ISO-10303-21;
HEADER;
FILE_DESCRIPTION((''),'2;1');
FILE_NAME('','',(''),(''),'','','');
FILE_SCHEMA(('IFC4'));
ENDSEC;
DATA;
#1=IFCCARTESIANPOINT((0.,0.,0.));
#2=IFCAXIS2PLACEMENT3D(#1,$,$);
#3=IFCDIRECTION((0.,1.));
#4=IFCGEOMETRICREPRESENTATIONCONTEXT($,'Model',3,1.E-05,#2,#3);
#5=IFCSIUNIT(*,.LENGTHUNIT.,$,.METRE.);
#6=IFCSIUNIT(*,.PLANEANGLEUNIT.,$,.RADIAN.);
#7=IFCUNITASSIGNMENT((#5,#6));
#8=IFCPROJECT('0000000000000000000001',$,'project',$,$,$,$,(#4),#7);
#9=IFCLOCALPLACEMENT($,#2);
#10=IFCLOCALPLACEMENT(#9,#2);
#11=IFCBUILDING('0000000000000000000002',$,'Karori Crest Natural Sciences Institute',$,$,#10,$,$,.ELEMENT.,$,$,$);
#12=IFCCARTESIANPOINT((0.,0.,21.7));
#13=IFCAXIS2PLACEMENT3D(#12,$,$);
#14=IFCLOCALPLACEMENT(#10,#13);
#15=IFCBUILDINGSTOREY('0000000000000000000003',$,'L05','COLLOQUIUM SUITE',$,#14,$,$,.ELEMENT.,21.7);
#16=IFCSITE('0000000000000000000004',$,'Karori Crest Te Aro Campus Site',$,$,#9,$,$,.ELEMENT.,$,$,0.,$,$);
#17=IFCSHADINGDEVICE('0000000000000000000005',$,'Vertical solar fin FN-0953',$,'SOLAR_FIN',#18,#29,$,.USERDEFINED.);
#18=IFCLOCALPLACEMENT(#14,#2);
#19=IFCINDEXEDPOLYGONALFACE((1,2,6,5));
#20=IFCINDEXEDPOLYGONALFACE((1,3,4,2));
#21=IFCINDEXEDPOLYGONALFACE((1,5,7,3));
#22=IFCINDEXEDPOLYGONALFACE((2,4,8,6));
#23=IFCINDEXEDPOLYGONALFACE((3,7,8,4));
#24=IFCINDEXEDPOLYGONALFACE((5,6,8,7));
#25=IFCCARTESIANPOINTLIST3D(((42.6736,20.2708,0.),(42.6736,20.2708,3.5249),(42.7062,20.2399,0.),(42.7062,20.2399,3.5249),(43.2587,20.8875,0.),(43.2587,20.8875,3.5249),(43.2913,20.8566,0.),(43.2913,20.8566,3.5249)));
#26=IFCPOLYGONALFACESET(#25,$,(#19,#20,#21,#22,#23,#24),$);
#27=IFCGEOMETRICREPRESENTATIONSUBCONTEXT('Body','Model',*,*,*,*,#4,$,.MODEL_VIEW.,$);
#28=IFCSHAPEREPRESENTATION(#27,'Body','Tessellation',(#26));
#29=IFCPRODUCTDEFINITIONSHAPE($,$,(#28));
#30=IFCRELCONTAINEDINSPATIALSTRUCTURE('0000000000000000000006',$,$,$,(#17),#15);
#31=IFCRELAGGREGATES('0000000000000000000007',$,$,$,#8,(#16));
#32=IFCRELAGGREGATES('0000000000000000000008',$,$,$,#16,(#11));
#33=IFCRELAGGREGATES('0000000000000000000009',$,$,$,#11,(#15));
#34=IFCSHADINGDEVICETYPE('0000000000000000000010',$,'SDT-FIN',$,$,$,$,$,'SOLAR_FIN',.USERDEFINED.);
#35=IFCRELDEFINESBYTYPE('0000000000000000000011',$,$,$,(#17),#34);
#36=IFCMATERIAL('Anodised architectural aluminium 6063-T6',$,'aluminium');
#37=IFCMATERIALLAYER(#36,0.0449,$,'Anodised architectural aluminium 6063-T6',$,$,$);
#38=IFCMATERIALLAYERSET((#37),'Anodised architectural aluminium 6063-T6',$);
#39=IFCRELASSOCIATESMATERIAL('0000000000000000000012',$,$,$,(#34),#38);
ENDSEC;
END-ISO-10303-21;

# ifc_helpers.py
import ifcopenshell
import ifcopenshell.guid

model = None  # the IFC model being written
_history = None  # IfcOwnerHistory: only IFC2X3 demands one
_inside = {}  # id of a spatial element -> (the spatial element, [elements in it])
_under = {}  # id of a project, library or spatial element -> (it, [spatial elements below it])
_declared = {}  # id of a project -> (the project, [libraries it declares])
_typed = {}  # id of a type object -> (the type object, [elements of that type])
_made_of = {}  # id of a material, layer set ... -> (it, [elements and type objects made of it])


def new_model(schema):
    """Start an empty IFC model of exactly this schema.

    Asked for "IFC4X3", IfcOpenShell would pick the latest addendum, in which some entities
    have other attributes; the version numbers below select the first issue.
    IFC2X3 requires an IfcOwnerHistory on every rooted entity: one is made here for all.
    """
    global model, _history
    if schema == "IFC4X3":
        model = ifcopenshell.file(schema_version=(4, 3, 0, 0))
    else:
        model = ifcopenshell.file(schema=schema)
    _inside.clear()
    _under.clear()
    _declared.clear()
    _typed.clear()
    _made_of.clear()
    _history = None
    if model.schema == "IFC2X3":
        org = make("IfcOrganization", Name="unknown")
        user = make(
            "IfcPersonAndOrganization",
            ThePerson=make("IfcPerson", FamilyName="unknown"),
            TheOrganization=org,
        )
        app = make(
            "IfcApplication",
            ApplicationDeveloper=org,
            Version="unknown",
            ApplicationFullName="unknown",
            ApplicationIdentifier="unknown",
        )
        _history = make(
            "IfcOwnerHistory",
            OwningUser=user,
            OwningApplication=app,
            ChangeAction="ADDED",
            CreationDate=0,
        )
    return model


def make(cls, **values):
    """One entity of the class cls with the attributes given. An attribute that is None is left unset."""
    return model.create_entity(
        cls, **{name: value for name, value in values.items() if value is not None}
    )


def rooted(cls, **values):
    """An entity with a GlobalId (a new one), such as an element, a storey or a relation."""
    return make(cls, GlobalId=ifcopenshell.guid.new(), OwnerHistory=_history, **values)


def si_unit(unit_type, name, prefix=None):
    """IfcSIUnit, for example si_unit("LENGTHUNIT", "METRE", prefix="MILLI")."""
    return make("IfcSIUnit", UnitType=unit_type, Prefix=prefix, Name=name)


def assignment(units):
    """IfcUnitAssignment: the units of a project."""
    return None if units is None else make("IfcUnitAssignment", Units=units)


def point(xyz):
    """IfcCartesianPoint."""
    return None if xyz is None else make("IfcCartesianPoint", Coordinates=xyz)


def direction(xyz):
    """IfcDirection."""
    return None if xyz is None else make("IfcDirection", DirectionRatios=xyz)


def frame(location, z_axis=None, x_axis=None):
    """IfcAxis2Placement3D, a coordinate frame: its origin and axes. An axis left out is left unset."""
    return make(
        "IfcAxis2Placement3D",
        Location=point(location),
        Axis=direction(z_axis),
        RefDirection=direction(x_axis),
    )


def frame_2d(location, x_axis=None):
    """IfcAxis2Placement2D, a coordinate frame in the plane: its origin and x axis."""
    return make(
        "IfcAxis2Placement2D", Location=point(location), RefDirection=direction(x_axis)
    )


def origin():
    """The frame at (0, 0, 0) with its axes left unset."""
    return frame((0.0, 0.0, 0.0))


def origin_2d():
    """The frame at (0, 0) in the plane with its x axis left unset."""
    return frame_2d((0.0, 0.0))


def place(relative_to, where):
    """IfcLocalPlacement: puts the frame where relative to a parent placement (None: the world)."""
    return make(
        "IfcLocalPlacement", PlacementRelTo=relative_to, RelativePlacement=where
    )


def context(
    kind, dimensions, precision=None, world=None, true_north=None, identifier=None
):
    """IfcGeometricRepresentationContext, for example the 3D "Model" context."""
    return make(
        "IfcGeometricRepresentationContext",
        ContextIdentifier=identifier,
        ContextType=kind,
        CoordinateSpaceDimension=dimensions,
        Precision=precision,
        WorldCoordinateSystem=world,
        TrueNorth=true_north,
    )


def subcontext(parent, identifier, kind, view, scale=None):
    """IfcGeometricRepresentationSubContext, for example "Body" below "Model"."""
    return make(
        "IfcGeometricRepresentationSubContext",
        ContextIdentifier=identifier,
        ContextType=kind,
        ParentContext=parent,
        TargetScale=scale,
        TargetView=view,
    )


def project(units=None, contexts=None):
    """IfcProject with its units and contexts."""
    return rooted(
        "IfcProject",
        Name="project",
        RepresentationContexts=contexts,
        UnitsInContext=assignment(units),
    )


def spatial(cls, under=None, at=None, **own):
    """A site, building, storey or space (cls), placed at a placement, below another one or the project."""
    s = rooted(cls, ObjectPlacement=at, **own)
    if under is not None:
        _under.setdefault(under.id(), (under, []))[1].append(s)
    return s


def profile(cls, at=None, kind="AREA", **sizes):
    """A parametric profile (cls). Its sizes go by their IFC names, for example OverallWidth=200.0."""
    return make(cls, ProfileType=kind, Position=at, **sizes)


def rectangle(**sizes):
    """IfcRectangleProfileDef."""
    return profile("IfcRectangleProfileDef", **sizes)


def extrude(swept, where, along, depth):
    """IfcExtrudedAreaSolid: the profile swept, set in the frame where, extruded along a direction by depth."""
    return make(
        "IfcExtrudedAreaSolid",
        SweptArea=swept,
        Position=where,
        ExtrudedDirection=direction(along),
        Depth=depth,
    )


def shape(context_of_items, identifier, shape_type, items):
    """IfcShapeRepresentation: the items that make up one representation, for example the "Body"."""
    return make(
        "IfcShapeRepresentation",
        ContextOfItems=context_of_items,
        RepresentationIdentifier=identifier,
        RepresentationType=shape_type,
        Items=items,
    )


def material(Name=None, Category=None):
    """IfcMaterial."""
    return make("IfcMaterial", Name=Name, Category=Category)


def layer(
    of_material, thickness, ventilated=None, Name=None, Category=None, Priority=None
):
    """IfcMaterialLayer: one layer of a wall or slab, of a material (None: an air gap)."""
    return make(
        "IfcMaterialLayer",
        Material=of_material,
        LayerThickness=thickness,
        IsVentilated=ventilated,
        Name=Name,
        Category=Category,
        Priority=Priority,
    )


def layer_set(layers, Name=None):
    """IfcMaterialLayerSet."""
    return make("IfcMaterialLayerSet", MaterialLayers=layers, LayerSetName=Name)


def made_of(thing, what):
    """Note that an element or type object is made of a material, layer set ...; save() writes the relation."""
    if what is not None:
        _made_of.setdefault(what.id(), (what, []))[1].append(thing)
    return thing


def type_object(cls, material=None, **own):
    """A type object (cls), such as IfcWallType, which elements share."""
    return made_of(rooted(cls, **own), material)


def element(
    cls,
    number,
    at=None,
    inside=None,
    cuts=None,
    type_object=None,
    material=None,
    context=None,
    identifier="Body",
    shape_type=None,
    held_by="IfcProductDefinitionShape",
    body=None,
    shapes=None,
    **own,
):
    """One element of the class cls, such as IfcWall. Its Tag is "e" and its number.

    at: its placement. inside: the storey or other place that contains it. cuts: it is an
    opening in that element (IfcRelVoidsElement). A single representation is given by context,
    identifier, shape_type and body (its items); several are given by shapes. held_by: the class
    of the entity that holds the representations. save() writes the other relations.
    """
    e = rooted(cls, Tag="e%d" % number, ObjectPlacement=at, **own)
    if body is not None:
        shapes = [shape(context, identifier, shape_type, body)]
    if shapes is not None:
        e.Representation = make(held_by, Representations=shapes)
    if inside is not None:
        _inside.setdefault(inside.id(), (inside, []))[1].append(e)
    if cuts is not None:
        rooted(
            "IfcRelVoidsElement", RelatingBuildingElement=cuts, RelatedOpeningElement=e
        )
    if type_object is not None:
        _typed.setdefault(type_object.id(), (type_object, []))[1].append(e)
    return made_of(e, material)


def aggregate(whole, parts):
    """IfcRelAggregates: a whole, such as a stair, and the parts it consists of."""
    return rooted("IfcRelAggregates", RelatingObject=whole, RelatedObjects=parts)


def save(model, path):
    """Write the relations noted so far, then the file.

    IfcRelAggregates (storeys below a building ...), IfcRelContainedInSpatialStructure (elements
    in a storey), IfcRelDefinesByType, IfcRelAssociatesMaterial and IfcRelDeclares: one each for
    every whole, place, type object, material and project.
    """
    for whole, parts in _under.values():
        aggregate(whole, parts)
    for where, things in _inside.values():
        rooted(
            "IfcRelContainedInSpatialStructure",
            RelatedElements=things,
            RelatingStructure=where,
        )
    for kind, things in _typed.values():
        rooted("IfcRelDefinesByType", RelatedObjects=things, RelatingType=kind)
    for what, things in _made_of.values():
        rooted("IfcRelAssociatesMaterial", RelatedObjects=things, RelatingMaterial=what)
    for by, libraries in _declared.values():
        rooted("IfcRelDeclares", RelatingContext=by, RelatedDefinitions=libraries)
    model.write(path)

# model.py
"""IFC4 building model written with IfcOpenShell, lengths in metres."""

from ifc_helpers import new_model, si_unit, direction, frame, origin, origin_2d, place, context, subcontext, project, spatial, rectangle, extrude, material, layer, layer_set, type_object, element, save


model = new_model("IFC4")

# Units and contexts
model_context = context("Model", 3, precision=1e-05, world=origin(), true_north=direction((0.0, 1.0)))
body_context = subcontext(model_context, "Body", "Model", "MODEL_VIEW")
ifc_project = project(units=[si_unit("LENGTHUNIT", "METRE"), si_unit("PLANEANGLEUNIT", "RADIAN")], contexts=[model_context])

# Site, building, storey
site_placement = place(None, origin())
site = spatial("IfcSite", under=ifc_project, at=site_placement, Name="Karori Crest Te Aro Campus Site", CompositionType="ELEMENT", RefElevation=0.0)
building_placement = place(site_placement, origin())
building = spatial("IfcBuilding", under=site, at=building_placement, Name="Karori Crest Natural Sciences Institute", CompositionType="ELEMENT")
storey_placement = place(building_placement, frame((0.0, 0.0, 21.7)))
storey = spatial("IfcBuildingStorey", under=building, at=storey_placement, Name="L05", Description="COLLOQUIUM SUITE", CompositionType="ELEMENT", Elevation=21.7)

# Shared definitions
ifc_material_1 = material(Name="Anodised architectural aluminium 6063-T6", Category="aluminium")

# Shading device
ifc_layer_1 = layer(ifc_material_1, 0.0449, Name="Anodised architectural aluminium 6063-T6")
ifc_layer_set_1 = layer_set([ifc_layer_1], Name="Anodised architectural aluminium 6063-T6")
shading_device_type = type_object("IfcShadingDeviceType", Name="SDT-FIN", ElementType="SOLAR_FIN", PredefinedType="USERDEFINED", material=ifc_layer_set_1)
for number, where, z_axis, x_axis, name in (
    (1, (42.9824, 20.5637, 0.0), (0.0, 0.0, 1.0), (-0.688252, -0.725472, 0.0), "Vertical solar fin FN-0953"),
):
    element("IfcShadingDevice", number, at=place(storey_placement, frame(where, z_axis=z_axis, x_axis=x_axis)), inside=storey, type_object=shading_device_type, Name=name, ObjectType="SOLAR_FIN", PredefinedType="USERDEFINED", context=body_context, shape_type="SweptSolid", body=[
        extrude(rectangle(XDim=0.8501, YDim=0.0449, at=origin_2d()), origin(), (0.0, 0.0, 1.0), 3.5249),
    ])

save(model, "model.ifc")
